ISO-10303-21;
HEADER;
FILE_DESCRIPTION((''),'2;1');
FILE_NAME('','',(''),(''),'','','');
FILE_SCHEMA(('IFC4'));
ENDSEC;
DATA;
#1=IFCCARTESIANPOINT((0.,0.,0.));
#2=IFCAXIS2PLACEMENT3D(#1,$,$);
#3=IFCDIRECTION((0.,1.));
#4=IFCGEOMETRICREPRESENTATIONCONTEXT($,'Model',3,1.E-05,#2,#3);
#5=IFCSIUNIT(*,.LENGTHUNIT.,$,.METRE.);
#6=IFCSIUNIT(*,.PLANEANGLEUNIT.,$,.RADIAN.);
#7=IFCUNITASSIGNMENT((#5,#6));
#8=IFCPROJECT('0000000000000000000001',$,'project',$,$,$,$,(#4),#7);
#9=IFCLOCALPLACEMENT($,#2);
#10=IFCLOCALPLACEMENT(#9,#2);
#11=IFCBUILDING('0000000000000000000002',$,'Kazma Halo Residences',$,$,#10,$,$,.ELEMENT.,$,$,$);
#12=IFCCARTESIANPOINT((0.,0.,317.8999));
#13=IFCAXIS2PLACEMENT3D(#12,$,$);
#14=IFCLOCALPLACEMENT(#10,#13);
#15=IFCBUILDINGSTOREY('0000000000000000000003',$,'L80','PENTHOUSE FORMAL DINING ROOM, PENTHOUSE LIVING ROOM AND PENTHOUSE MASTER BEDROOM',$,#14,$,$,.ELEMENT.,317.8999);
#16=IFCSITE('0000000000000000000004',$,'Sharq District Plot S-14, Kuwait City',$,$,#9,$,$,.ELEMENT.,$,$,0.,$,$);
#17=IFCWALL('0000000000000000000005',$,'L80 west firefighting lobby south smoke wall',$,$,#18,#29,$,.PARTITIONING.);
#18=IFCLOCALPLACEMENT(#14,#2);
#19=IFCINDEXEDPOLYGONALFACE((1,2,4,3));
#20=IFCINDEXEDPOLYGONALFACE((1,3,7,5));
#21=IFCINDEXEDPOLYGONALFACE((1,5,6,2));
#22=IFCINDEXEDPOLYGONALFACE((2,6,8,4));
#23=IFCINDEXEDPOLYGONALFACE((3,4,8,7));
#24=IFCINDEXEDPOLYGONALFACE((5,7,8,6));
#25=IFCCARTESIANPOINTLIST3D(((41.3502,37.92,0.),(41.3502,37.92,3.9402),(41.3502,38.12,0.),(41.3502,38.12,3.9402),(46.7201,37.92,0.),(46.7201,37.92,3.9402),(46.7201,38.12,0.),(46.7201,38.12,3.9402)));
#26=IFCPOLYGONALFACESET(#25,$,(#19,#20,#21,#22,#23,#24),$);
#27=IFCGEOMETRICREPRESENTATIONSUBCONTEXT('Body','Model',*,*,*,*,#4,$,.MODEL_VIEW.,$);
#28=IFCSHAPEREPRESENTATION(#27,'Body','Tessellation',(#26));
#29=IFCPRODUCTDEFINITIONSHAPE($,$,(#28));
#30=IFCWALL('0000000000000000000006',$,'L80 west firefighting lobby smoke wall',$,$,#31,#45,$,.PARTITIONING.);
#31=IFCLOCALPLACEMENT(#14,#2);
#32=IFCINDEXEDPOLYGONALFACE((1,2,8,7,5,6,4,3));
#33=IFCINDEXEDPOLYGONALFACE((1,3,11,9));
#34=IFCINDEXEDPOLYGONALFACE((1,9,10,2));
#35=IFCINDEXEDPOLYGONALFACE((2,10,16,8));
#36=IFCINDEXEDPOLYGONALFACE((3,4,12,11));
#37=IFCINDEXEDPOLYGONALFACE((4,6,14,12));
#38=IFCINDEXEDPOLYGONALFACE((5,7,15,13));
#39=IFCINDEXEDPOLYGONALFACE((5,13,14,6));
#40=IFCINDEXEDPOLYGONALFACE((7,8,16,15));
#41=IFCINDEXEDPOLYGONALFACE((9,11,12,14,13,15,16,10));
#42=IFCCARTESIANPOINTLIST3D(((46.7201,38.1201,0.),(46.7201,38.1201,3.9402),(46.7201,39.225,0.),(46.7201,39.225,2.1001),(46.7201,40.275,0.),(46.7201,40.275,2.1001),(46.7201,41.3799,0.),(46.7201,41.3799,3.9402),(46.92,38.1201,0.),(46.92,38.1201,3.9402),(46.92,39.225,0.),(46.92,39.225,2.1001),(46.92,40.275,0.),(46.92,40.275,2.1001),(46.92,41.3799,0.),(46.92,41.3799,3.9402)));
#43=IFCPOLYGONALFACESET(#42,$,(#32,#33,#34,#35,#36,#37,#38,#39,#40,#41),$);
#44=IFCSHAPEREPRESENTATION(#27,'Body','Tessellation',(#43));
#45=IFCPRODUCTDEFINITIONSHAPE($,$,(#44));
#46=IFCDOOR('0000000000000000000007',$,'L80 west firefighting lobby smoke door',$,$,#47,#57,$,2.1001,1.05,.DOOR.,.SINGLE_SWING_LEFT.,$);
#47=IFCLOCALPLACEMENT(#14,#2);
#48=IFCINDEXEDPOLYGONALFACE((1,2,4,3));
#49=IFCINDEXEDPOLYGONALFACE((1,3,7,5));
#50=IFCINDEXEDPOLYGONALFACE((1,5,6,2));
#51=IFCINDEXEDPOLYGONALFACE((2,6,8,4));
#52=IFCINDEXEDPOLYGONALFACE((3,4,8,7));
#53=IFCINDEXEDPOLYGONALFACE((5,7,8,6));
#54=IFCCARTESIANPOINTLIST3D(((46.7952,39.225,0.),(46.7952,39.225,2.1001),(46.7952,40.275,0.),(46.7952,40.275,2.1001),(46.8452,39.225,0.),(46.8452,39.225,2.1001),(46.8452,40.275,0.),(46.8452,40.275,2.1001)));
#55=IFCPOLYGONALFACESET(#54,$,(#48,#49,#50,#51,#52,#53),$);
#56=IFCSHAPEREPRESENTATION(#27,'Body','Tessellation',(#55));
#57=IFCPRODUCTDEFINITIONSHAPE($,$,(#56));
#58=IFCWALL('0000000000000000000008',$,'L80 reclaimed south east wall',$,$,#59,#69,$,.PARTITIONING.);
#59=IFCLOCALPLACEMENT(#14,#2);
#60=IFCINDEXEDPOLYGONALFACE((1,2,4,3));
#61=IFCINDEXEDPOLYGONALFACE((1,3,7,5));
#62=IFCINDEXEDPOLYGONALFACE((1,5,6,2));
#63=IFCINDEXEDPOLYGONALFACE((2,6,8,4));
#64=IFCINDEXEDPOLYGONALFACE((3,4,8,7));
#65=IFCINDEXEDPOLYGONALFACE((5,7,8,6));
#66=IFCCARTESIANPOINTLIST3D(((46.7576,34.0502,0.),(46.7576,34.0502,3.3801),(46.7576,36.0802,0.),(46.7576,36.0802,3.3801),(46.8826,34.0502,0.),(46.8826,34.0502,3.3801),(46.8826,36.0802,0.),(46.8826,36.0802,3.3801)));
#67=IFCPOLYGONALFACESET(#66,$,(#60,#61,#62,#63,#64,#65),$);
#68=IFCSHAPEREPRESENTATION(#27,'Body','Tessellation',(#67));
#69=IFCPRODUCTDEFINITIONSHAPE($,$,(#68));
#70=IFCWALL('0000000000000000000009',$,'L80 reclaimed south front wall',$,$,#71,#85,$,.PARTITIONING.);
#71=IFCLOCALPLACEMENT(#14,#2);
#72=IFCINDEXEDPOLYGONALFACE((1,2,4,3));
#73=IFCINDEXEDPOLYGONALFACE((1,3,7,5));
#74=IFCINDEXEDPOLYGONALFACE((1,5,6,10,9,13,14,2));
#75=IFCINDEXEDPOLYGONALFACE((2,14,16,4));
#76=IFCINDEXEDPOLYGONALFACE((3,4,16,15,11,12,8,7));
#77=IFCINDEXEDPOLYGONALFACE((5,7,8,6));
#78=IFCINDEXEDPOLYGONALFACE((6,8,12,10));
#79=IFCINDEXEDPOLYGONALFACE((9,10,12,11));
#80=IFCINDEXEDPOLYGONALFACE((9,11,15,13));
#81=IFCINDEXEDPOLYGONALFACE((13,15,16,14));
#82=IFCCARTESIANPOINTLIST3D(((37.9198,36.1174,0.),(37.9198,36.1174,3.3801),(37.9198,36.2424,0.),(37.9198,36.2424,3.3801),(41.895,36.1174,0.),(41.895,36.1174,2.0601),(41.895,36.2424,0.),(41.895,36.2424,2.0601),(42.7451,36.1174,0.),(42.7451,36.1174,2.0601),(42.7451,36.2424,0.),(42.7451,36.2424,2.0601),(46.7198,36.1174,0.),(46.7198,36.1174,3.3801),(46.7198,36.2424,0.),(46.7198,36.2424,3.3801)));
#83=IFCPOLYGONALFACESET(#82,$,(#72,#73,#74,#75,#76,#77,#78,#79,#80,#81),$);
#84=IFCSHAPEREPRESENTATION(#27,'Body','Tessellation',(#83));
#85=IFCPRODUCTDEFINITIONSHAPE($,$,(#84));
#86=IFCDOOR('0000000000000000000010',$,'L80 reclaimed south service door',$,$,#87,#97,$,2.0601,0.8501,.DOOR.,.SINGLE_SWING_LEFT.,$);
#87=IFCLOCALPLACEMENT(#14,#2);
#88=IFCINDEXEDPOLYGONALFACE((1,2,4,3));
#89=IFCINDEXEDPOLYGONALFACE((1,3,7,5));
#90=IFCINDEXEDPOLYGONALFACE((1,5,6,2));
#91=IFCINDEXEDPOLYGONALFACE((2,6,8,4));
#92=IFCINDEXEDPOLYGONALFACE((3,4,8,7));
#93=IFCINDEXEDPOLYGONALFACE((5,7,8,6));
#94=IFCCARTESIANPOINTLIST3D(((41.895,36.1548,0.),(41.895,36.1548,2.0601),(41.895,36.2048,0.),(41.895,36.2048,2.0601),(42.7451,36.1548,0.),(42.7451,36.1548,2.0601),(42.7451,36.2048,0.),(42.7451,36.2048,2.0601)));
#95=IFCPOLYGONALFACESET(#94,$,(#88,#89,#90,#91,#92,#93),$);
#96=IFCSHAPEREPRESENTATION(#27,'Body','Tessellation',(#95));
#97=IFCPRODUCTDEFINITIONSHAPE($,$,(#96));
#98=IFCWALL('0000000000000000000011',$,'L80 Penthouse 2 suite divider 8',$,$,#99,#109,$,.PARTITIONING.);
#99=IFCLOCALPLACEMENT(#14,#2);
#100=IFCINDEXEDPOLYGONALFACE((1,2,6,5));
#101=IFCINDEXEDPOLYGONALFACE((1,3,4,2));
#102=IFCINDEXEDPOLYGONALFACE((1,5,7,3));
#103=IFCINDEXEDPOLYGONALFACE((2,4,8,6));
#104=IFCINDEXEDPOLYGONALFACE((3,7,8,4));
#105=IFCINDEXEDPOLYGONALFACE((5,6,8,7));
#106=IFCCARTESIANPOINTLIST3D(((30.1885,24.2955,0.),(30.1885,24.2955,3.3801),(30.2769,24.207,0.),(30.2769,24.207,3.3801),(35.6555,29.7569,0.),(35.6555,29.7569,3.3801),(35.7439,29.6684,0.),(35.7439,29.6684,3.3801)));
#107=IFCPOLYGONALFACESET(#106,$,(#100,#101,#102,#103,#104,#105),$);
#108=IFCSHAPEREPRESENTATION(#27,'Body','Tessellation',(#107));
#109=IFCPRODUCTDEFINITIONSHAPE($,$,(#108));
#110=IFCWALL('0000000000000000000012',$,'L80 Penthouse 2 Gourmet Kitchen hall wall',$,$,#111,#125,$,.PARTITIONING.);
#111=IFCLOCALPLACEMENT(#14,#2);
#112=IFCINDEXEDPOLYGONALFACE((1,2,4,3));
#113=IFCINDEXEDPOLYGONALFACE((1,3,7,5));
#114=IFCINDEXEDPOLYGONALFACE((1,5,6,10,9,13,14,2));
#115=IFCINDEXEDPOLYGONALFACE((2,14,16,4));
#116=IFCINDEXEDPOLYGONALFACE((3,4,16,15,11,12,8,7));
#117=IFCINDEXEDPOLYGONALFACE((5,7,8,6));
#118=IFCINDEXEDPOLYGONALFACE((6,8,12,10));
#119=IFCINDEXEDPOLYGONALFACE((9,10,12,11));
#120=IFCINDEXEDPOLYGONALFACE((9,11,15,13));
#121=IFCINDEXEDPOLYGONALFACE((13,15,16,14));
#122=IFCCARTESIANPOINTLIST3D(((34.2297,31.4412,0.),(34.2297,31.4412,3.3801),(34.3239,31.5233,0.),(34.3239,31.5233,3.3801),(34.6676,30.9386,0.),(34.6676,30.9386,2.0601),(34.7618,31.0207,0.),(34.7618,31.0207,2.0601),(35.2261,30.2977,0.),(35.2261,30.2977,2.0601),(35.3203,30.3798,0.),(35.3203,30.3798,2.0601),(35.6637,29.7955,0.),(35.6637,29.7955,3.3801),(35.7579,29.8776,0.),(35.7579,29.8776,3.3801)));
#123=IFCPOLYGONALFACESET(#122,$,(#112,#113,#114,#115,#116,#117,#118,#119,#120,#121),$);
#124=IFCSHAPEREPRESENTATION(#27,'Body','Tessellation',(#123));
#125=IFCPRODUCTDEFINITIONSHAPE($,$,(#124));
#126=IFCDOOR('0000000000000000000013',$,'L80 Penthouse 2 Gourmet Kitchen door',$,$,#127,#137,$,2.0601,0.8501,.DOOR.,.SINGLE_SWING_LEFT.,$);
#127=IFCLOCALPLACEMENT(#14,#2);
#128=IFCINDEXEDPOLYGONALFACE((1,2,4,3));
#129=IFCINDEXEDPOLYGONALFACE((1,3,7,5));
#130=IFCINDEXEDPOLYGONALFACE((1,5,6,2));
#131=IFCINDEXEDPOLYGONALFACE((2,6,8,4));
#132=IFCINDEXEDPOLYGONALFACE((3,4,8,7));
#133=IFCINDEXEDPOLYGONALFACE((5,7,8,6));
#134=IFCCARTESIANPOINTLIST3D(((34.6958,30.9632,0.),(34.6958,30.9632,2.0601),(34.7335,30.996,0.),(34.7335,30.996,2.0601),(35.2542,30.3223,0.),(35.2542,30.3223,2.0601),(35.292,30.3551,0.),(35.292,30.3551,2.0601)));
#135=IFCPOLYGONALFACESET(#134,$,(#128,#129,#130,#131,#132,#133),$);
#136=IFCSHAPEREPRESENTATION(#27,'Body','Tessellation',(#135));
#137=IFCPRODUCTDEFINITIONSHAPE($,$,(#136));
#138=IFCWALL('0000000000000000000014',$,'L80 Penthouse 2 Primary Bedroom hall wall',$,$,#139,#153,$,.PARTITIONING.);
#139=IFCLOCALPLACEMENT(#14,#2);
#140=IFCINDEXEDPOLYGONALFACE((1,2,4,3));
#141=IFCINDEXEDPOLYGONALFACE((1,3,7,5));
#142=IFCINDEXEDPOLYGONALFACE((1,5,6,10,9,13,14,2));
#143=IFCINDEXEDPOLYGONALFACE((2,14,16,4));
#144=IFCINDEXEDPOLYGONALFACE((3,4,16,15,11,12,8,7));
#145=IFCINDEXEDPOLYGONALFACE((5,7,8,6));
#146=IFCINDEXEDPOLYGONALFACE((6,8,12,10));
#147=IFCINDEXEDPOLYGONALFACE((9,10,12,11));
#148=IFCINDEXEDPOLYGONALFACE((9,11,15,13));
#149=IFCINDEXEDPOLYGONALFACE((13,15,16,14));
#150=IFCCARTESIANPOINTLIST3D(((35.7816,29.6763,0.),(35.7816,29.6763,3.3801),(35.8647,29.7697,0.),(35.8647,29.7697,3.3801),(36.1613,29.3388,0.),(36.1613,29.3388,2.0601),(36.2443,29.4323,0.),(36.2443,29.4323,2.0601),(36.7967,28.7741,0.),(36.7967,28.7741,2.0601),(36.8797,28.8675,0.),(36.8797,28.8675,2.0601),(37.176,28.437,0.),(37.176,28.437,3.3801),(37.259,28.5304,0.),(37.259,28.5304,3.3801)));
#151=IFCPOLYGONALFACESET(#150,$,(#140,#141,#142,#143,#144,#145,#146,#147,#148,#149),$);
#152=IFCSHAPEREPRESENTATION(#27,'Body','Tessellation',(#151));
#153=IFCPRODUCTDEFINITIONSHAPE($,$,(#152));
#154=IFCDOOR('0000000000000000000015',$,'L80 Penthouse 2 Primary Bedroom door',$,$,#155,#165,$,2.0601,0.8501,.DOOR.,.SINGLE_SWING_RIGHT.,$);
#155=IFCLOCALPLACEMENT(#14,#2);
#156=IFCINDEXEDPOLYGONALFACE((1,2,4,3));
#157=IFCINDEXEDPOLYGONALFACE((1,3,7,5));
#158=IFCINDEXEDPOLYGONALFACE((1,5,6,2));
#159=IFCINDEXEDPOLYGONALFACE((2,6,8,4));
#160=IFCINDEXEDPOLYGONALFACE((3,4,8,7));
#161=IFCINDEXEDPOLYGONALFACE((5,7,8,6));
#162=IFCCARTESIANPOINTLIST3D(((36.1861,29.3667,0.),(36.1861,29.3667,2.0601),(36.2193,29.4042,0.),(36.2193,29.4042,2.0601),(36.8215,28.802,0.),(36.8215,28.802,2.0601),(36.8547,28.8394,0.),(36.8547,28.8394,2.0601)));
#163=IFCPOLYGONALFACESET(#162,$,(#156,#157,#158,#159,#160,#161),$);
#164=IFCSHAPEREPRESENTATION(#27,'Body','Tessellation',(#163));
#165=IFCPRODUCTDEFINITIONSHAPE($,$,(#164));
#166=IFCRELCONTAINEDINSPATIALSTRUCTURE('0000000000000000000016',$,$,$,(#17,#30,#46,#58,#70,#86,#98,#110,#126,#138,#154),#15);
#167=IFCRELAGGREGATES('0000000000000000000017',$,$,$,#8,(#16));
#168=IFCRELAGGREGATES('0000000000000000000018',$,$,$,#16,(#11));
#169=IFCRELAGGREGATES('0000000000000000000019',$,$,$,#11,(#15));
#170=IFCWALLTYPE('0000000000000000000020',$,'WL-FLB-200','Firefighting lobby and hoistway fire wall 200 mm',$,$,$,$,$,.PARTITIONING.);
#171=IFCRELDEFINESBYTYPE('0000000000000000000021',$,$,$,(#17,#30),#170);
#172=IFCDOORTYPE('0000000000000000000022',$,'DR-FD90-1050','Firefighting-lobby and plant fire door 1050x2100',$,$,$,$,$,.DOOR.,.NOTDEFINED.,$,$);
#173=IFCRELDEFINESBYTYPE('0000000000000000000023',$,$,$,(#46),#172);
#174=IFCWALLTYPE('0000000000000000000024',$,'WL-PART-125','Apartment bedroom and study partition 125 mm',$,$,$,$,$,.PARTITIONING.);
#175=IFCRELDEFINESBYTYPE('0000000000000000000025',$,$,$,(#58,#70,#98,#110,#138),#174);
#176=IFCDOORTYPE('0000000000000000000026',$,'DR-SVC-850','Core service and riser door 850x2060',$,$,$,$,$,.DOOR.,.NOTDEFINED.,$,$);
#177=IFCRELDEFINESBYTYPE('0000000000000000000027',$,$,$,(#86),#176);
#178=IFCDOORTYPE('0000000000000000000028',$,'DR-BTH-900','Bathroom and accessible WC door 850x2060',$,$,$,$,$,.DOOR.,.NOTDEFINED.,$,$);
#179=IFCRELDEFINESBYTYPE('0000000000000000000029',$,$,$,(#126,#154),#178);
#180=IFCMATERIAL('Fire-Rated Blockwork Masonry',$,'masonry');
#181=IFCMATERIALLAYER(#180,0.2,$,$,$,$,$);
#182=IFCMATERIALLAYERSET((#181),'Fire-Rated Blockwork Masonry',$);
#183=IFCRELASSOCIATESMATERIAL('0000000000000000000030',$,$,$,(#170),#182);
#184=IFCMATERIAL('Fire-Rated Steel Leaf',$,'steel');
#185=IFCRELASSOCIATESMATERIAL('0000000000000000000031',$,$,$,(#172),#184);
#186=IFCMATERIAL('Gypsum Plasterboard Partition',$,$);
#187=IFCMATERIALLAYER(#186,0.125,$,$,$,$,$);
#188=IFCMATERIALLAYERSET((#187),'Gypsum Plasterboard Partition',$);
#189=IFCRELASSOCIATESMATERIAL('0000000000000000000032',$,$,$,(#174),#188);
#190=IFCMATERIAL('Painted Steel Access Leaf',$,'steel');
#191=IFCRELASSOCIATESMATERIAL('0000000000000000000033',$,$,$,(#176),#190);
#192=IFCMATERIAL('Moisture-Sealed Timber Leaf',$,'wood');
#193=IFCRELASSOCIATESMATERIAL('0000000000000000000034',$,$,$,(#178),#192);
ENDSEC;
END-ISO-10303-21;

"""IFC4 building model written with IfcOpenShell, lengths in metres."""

from ifc_helpers import new_model, si_unit, direction, frame, frame_2d, origin, place, context, subcontext, project, spatial, rectangle, extrude, material, layer, layer_set, type_object, element, fill, save


model = new_model("IFC4")

# Units and contexts
model_context = context("Model", 3, precision=1e-05, world=origin(), true_north=direction((0.0, 1.0)))
body_context = subcontext(model_context, "Body", "Model", "MODEL_VIEW")
ifc_project = project(units=[si_unit("LENGTHUNIT", "METRE"), si_unit("PLANEANGLEUNIT", "RADIAN")], contexts=[model_context])

# Site, building, storey
site_placement = place(None, origin())
site = spatial("IfcSite", under=ifc_project, at=site_placement, Name="Sharq District Plot S-14, Kuwait City", CompositionType="ELEMENT", RefElevation=0.0)
building_placement = place(site_placement, origin())
building = spatial("IfcBuilding", under=site, at=building_placement, Name="Kazma Halo Residences", CompositionType="ELEMENT")
storey_placement = place(building_placement, frame((0.0, 0.0, 317.8999)))
storey = spatial("IfcBuildingStorey", under=building, at=storey_placement, Name="L80", Description="PENTHOUSE FORMAL DINING ROOM, PENTHOUSE LIVING ROOM AND PENTHOUSE MASTER BEDROOM", CompositionType="ELEMENT", Elevation=317.8999)

# Wall
ifc_material_1 = material(Name="Fire-Rated Blockwork Masonry", Category="masonry")
ifc_layer_1 = layer(ifc_material_1, 0.2)
ifc_layer_set_1 = layer_set([ifc_layer_1], Name="Fire-Rated Blockwork Masonry")
wall_type_1 = type_object("IfcWallType", Name="WL-FLB-200", Description="Firefighting lobby and hoistway fire wall 200 mm", PredefinedType="PARTITIONING", material=ifc_layer_set_1)
wall_1_placement = place(storey_placement, frame((41.3501, 38.02, 0.0), z_axis=(0.0, 0.0, 1.0), x_axis=(1.0, 0.0, 0.0)))
element("IfcWall", 1, at=wall_1_placement, inside=storey, type_object=wall_type_1, Name="L80 west firefighting lobby south smoke wall", PredefinedType="PARTITIONING", context=body_context, shape_type="SweptSolid", body=[
    extrude(rectangle(XDim=5.3699, YDim=0.2, at=frame_2d((2.6851, 0.0))), origin(), (0.0, 0.0, 1.0), 3.9402),
])

# Wall, opening, door
wall_2_placement = place(storey_placement, frame((46.8201, 38.1201, 0.0), z_axis=(0.0, 0.0, 1.0), x_axis=(0.0, 1.0, 0.0)))
wall_2 = element("IfcWall", 2, at=wall_2_placement, inside=storey, type_object=wall_type_1, Name="L80 west firefighting lobby smoke wall", PredefinedType="PARTITIONING", context=body_context, shape_type="SweptSolid", body=[
    extrude(rectangle(XDim=3.2598, YDim=0.2, at=frame_2d((1.6299, 0.0))), origin(), (0.0, 0.0, 1.0), 3.9402),
])
opening_1_placement = place(wall_2_placement, frame((1.105, 0.0, 0.0)))
opening_1 = element("IfcOpeningElement", 3, at=opening_1_placement, cuts=wall_2, PredefinedType="OPENING", context=body_context, shape_type="SweptSolid", body=[
    extrude(rectangle(XDim=1.05, YDim=2.1001, at=frame_2d((0.5249, 1.05))), frame((0.0, 0.1099, 0.0), z_axis=(0.0, -1.0, 0.0), x_axis=(1.0, 0.0, 0.0)), (0.0, 0.0, 1.0), 0.22),
])
ifc_material_2 = material(Name="Fire-Rated Steel Leaf", Category="steel")
door_type_1 = type_object("IfcDoorType", Name="DR-FD90-1050", Description="Firefighting-lobby and plant fire door 1050x2100", OperationType="NOTDEFINED", PredefinedType="DOOR", material=ifc_material_2)
door_1_placement = place(opening_1_placement, origin())
door_1 = element("IfcDoor", 4, at=door_1_placement, inside=storey, type_object=door_type_1, Name="L80 west firefighting lobby smoke door", OperationType="SINGLE_SWING_LEFT", OverallHeight=2.1001, OverallWidth=1.05, PredefinedType="DOOR", context=body_context, shape_type="SweptSolid", body=[
    extrude(rectangle(XDim=1.05, YDim=2.1001, at=frame_2d((0.5249, 1.05))), frame((0.0, 0.0249, 0.0), z_axis=(0.0, -1.0, 0.0), x_axis=(1.0, 0.0, 0.0)), (0.0, 0.0, 1.0), 0.05),
])
fill(opening_1, door_1)

# Wall
ifc_material_3 = material(Name="Gypsum Plasterboard Partition")
ifc_layer_2 = layer(ifc_material_3, 0.125)
ifc_layer_set_2 = layer_set([ifc_layer_2], Name="Gypsum Plasterboard Partition")
wall_type_2 = type_object("IfcWallType", Name="WL-PART-125", Description="Apartment bedroom and study partition 125 mm", PredefinedType="PARTITIONING", material=ifc_layer_set_2)
wall_3_placement = place(storey_placement, frame((46.8201, 34.05, 0.0), z_axis=(0.0, 0.0, 1.0), x_axis=(0.0, 1.0, 0.0)))
element("IfcWall", 5, at=wall_3_placement, inside=storey, type_object=wall_type_2, Name="L80 reclaimed south east wall", PredefinedType="PARTITIONING", context=body_context, shape_type="SweptSolid", body=[
    extrude(rectangle(XDim=2.03, YDim=0.125, at=frame_2d((1.0151, 0.0))), origin(), (0.0, 0.0, 1.0), 3.3801),
])

# Wall, opening, door
wall_4_placement = place(storey_placement, frame((37.9199, 36.1799, 0.0), z_axis=(0.0, 0.0, 1.0), x_axis=(1.0, 0.0, 0.0)))
wall_4 = element("IfcWall", 6, at=wall_4_placement, inside=storey, type_object=wall_type_2, Name="L80 reclaimed south front wall", PredefinedType="PARTITIONING", context=body_context, shape_type="SweptSolid", body=[
    extrude(rectangle(XDim=8.8, YDim=0.125, at=frame_2d((4.3999, 0.0))), origin(), (0.0, 0.0, 1.0), 3.3801),
])
opening_2_placement = place(wall_4_placement, frame((3.9751, 0.0, 0.0)))
opening_2 = element("IfcOpeningElement", 7, at=opening_2_placement, cuts=wall_4, PredefinedType="OPENING", context=body_context, shape_type="SweptSolid", body=[
    extrude(rectangle(XDim=0.8501, YDim=2.0601, at=frame_2d((0.425, 1.03))), frame((0.0, 0.0725, 0.0), z_axis=(0.0, -1.0, 0.0), x_axis=(1.0, 0.0, 0.0)), (0.0, 0.0, 1.0), 0.145),
])
ifc_material_4 = material(Name="Painted Steel Access Leaf", Category="steel")
door_type_2 = type_object("IfcDoorType", Name="DR-SVC-850", Description="Core service and riser door 850x2060", OperationType="NOTDEFINED", PredefinedType="DOOR", material=ifc_material_4)
door_2_placement = place(opening_2_placement, origin())
door_2 = element("IfcDoor", 8, at=door_2_placement, inside=storey, type_object=door_type_2, Name="L80 reclaimed south service door", OperationType="SINGLE_SWING_LEFT", OverallHeight=2.0601, OverallWidth=0.8501, PredefinedType="DOOR", context=body_context, shape_type="SweptSolid", body=[
    extrude(rectangle(XDim=0.8501, YDim=2.0601, at=frame_2d((0.425, 1.03))), frame((0.0, 0.0249, 0.0), z_axis=(0.0, -1.0, 0.0), x_axis=(1.0, 0.0, 0.0)), (0.0, 0.0, 1.0), 0.05),
])
fill(opening_2, door_2)

# Wall
wall_5_placement = place(storey_placement, frame((35.6997, 29.7126, 0.0), z_axis=(0.0, 0.0, 1.0), x_axis=(-0.70747, -0.706743, 0.0)))
element("IfcWall", 9, at=wall_5_placement, inside=storey, type_object=wall_type_2, Name="L80 Penthouse 2 suite divider 8", PredefinedType="PARTITIONING", context=body_context, shape_type="SweptSolid", body=[
    extrude(rectangle(XDim=7.7275, YDim=0.125, at=frame_2d((3.8638, 0.0))), origin(), (0.0, 0.0, 1.0), 3.3801),
])

# Walls, openings, doors
wall_6_placement = place(storey_placement, frame((34.2769, 31.4822, 0.0), z_axis=(0.0, 0.0, 1.0), x_axis=(0.656959, -0.753926, 0.0)))
wall_6 = element("IfcWall", 10, at=wall_6_placement, inside=storey, type_object=wall_type_2, Name="L80 Penthouse 2 Gourmet Kitchen hall wall", PredefinedType="PARTITIONING", context=body_context, shape_type="SweptSolid", body=[
    extrude(rectangle(XDim=2.1829, YDim=0.125, at=frame_2d((1.0913, 0.0))), origin(), (0.0, 0.0, 1.0), 3.3801),
])
opening_3_placement = place(wall_6_placement, frame((0.6665, 0.0, 0.0)))
opening_3 = element("IfcOpeningElement", 11, at=opening_3_placement, cuts=wall_6, PredefinedType="OPENING", context=body_context, shape_type="SweptSolid", body=[
    extrude(rectangle(XDim=0.8501, YDim=2.0601, at=frame_2d((0.425, 1.03))), frame((0.0, 0.0725, 0.0), z_axis=(0.0, -1.0, 0.0), x_axis=(1.0, 0.0, 0.0)), (0.0, 0.0, 1.0), 0.145),
])
ifc_material_5 = material(Name="Moisture-Sealed Timber Leaf", Category="wood")
door_type_3 = type_object("IfcDoorType", Name="DR-BTH-900", Description="Bathroom and accessible WC door 850x2060", OperationType="NOTDEFINED", PredefinedType="DOOR", material=ifc_material_5)
door_3_placement = place(opening_3_placement, origin())
door_3 = element("IfcDoor", 12, at=door_3_placement, inside=storey, type_object=door_type_3, Name="L80 Penthouse 2 Gourmet Kitchen door", OperationType="SINGLE_SWING_LEFT", OverallHeight=2.0601, OverallWidth=0.8501, PredefinedType="DOOR", context=body_context, shape_type="SweptSolid", body=[
    extrude(rectangle(XDim=0.8501, YDim=2.0601, at=frame_2d((0.425, 1.03))), frame((0.0, 0.0249, 0.0), z_axis=(0.0, -1.0, 0.0), x_axis=(1.0, 0.0, 0.0)), (0.0, 0.0, 1.0), 0.05),
])
fill(opening_3, door_3)
wall_7_placement = place(storey_placement, frame((35.8232, 29.7229, 0.0), z_axis=(0.0, 0.0, 1.0), x_axis=(0.747438, -0.664331, 0.0)))
wall_7 = element("IfcWall", 13, at=wall_7_placement, inside=storey, type_object=wall_type_2, Name="L80 Penthouse 2 Primary Bedroom hall wall", PredefinedType="PARTITIONING", context=body_context, shape_type="SweptSolid", body=[
    extrude(rectangle(XDim=1.8655, YDim=0.125, at=frame_2d((0.9326, 0.0))), origin(), (0.0, 0.0, 1.0), 3.3801),
])
opening_4_placement = place(wall_7_placement, frame((0.5078, 0.0, 0.0)))
opening_4 = element("IfcOpeningElement", 14, at=opening_4_placement, cuts=wall_7, PredefinedType="OPENING", context=body_context, shape_type="SweptSolid", body=[
    extrude(rectangle(XDim=0.8501, YDim=2.0601, at=frame_2d((0.425, 1.03))), frame((0.0, 0.0725, 0.0), z_axis=(0.0, -1.0, 0.0), x_axis=(1.0, 0.0, 0.0)), (0.0, 0.0, 1.0), 0.145),
])
door_4_placement = place(opening_4_placement, origin())
door_4 = element("IfcDoor", 15, at=door_4_placement, inside=storey, type_object=door_type_3, Name="L80 Penthouse 2 Primary Bedroom door", OperationType="SINGLE_SWING_RIGHT", OverallHeight=2.0601, OverallWidth=0.8501, PredefinedType="DOOR", context=body_context, shape_type="SweptSolid", body=[
    extrude(rectangle(XDim=0.8501, YDim=2.0601, at=frame_2d((0.425, 1.03))), frame((0.0, 0.0249, 0.0), z_axis=(0.0, -1.0, 0.0), x_axis=(1.0, 0.0, 0.0)), (0.0, 0.0, 1.0), 0.05),
])
fill(opening_4, door_4)

save(model, "model.ifc")
